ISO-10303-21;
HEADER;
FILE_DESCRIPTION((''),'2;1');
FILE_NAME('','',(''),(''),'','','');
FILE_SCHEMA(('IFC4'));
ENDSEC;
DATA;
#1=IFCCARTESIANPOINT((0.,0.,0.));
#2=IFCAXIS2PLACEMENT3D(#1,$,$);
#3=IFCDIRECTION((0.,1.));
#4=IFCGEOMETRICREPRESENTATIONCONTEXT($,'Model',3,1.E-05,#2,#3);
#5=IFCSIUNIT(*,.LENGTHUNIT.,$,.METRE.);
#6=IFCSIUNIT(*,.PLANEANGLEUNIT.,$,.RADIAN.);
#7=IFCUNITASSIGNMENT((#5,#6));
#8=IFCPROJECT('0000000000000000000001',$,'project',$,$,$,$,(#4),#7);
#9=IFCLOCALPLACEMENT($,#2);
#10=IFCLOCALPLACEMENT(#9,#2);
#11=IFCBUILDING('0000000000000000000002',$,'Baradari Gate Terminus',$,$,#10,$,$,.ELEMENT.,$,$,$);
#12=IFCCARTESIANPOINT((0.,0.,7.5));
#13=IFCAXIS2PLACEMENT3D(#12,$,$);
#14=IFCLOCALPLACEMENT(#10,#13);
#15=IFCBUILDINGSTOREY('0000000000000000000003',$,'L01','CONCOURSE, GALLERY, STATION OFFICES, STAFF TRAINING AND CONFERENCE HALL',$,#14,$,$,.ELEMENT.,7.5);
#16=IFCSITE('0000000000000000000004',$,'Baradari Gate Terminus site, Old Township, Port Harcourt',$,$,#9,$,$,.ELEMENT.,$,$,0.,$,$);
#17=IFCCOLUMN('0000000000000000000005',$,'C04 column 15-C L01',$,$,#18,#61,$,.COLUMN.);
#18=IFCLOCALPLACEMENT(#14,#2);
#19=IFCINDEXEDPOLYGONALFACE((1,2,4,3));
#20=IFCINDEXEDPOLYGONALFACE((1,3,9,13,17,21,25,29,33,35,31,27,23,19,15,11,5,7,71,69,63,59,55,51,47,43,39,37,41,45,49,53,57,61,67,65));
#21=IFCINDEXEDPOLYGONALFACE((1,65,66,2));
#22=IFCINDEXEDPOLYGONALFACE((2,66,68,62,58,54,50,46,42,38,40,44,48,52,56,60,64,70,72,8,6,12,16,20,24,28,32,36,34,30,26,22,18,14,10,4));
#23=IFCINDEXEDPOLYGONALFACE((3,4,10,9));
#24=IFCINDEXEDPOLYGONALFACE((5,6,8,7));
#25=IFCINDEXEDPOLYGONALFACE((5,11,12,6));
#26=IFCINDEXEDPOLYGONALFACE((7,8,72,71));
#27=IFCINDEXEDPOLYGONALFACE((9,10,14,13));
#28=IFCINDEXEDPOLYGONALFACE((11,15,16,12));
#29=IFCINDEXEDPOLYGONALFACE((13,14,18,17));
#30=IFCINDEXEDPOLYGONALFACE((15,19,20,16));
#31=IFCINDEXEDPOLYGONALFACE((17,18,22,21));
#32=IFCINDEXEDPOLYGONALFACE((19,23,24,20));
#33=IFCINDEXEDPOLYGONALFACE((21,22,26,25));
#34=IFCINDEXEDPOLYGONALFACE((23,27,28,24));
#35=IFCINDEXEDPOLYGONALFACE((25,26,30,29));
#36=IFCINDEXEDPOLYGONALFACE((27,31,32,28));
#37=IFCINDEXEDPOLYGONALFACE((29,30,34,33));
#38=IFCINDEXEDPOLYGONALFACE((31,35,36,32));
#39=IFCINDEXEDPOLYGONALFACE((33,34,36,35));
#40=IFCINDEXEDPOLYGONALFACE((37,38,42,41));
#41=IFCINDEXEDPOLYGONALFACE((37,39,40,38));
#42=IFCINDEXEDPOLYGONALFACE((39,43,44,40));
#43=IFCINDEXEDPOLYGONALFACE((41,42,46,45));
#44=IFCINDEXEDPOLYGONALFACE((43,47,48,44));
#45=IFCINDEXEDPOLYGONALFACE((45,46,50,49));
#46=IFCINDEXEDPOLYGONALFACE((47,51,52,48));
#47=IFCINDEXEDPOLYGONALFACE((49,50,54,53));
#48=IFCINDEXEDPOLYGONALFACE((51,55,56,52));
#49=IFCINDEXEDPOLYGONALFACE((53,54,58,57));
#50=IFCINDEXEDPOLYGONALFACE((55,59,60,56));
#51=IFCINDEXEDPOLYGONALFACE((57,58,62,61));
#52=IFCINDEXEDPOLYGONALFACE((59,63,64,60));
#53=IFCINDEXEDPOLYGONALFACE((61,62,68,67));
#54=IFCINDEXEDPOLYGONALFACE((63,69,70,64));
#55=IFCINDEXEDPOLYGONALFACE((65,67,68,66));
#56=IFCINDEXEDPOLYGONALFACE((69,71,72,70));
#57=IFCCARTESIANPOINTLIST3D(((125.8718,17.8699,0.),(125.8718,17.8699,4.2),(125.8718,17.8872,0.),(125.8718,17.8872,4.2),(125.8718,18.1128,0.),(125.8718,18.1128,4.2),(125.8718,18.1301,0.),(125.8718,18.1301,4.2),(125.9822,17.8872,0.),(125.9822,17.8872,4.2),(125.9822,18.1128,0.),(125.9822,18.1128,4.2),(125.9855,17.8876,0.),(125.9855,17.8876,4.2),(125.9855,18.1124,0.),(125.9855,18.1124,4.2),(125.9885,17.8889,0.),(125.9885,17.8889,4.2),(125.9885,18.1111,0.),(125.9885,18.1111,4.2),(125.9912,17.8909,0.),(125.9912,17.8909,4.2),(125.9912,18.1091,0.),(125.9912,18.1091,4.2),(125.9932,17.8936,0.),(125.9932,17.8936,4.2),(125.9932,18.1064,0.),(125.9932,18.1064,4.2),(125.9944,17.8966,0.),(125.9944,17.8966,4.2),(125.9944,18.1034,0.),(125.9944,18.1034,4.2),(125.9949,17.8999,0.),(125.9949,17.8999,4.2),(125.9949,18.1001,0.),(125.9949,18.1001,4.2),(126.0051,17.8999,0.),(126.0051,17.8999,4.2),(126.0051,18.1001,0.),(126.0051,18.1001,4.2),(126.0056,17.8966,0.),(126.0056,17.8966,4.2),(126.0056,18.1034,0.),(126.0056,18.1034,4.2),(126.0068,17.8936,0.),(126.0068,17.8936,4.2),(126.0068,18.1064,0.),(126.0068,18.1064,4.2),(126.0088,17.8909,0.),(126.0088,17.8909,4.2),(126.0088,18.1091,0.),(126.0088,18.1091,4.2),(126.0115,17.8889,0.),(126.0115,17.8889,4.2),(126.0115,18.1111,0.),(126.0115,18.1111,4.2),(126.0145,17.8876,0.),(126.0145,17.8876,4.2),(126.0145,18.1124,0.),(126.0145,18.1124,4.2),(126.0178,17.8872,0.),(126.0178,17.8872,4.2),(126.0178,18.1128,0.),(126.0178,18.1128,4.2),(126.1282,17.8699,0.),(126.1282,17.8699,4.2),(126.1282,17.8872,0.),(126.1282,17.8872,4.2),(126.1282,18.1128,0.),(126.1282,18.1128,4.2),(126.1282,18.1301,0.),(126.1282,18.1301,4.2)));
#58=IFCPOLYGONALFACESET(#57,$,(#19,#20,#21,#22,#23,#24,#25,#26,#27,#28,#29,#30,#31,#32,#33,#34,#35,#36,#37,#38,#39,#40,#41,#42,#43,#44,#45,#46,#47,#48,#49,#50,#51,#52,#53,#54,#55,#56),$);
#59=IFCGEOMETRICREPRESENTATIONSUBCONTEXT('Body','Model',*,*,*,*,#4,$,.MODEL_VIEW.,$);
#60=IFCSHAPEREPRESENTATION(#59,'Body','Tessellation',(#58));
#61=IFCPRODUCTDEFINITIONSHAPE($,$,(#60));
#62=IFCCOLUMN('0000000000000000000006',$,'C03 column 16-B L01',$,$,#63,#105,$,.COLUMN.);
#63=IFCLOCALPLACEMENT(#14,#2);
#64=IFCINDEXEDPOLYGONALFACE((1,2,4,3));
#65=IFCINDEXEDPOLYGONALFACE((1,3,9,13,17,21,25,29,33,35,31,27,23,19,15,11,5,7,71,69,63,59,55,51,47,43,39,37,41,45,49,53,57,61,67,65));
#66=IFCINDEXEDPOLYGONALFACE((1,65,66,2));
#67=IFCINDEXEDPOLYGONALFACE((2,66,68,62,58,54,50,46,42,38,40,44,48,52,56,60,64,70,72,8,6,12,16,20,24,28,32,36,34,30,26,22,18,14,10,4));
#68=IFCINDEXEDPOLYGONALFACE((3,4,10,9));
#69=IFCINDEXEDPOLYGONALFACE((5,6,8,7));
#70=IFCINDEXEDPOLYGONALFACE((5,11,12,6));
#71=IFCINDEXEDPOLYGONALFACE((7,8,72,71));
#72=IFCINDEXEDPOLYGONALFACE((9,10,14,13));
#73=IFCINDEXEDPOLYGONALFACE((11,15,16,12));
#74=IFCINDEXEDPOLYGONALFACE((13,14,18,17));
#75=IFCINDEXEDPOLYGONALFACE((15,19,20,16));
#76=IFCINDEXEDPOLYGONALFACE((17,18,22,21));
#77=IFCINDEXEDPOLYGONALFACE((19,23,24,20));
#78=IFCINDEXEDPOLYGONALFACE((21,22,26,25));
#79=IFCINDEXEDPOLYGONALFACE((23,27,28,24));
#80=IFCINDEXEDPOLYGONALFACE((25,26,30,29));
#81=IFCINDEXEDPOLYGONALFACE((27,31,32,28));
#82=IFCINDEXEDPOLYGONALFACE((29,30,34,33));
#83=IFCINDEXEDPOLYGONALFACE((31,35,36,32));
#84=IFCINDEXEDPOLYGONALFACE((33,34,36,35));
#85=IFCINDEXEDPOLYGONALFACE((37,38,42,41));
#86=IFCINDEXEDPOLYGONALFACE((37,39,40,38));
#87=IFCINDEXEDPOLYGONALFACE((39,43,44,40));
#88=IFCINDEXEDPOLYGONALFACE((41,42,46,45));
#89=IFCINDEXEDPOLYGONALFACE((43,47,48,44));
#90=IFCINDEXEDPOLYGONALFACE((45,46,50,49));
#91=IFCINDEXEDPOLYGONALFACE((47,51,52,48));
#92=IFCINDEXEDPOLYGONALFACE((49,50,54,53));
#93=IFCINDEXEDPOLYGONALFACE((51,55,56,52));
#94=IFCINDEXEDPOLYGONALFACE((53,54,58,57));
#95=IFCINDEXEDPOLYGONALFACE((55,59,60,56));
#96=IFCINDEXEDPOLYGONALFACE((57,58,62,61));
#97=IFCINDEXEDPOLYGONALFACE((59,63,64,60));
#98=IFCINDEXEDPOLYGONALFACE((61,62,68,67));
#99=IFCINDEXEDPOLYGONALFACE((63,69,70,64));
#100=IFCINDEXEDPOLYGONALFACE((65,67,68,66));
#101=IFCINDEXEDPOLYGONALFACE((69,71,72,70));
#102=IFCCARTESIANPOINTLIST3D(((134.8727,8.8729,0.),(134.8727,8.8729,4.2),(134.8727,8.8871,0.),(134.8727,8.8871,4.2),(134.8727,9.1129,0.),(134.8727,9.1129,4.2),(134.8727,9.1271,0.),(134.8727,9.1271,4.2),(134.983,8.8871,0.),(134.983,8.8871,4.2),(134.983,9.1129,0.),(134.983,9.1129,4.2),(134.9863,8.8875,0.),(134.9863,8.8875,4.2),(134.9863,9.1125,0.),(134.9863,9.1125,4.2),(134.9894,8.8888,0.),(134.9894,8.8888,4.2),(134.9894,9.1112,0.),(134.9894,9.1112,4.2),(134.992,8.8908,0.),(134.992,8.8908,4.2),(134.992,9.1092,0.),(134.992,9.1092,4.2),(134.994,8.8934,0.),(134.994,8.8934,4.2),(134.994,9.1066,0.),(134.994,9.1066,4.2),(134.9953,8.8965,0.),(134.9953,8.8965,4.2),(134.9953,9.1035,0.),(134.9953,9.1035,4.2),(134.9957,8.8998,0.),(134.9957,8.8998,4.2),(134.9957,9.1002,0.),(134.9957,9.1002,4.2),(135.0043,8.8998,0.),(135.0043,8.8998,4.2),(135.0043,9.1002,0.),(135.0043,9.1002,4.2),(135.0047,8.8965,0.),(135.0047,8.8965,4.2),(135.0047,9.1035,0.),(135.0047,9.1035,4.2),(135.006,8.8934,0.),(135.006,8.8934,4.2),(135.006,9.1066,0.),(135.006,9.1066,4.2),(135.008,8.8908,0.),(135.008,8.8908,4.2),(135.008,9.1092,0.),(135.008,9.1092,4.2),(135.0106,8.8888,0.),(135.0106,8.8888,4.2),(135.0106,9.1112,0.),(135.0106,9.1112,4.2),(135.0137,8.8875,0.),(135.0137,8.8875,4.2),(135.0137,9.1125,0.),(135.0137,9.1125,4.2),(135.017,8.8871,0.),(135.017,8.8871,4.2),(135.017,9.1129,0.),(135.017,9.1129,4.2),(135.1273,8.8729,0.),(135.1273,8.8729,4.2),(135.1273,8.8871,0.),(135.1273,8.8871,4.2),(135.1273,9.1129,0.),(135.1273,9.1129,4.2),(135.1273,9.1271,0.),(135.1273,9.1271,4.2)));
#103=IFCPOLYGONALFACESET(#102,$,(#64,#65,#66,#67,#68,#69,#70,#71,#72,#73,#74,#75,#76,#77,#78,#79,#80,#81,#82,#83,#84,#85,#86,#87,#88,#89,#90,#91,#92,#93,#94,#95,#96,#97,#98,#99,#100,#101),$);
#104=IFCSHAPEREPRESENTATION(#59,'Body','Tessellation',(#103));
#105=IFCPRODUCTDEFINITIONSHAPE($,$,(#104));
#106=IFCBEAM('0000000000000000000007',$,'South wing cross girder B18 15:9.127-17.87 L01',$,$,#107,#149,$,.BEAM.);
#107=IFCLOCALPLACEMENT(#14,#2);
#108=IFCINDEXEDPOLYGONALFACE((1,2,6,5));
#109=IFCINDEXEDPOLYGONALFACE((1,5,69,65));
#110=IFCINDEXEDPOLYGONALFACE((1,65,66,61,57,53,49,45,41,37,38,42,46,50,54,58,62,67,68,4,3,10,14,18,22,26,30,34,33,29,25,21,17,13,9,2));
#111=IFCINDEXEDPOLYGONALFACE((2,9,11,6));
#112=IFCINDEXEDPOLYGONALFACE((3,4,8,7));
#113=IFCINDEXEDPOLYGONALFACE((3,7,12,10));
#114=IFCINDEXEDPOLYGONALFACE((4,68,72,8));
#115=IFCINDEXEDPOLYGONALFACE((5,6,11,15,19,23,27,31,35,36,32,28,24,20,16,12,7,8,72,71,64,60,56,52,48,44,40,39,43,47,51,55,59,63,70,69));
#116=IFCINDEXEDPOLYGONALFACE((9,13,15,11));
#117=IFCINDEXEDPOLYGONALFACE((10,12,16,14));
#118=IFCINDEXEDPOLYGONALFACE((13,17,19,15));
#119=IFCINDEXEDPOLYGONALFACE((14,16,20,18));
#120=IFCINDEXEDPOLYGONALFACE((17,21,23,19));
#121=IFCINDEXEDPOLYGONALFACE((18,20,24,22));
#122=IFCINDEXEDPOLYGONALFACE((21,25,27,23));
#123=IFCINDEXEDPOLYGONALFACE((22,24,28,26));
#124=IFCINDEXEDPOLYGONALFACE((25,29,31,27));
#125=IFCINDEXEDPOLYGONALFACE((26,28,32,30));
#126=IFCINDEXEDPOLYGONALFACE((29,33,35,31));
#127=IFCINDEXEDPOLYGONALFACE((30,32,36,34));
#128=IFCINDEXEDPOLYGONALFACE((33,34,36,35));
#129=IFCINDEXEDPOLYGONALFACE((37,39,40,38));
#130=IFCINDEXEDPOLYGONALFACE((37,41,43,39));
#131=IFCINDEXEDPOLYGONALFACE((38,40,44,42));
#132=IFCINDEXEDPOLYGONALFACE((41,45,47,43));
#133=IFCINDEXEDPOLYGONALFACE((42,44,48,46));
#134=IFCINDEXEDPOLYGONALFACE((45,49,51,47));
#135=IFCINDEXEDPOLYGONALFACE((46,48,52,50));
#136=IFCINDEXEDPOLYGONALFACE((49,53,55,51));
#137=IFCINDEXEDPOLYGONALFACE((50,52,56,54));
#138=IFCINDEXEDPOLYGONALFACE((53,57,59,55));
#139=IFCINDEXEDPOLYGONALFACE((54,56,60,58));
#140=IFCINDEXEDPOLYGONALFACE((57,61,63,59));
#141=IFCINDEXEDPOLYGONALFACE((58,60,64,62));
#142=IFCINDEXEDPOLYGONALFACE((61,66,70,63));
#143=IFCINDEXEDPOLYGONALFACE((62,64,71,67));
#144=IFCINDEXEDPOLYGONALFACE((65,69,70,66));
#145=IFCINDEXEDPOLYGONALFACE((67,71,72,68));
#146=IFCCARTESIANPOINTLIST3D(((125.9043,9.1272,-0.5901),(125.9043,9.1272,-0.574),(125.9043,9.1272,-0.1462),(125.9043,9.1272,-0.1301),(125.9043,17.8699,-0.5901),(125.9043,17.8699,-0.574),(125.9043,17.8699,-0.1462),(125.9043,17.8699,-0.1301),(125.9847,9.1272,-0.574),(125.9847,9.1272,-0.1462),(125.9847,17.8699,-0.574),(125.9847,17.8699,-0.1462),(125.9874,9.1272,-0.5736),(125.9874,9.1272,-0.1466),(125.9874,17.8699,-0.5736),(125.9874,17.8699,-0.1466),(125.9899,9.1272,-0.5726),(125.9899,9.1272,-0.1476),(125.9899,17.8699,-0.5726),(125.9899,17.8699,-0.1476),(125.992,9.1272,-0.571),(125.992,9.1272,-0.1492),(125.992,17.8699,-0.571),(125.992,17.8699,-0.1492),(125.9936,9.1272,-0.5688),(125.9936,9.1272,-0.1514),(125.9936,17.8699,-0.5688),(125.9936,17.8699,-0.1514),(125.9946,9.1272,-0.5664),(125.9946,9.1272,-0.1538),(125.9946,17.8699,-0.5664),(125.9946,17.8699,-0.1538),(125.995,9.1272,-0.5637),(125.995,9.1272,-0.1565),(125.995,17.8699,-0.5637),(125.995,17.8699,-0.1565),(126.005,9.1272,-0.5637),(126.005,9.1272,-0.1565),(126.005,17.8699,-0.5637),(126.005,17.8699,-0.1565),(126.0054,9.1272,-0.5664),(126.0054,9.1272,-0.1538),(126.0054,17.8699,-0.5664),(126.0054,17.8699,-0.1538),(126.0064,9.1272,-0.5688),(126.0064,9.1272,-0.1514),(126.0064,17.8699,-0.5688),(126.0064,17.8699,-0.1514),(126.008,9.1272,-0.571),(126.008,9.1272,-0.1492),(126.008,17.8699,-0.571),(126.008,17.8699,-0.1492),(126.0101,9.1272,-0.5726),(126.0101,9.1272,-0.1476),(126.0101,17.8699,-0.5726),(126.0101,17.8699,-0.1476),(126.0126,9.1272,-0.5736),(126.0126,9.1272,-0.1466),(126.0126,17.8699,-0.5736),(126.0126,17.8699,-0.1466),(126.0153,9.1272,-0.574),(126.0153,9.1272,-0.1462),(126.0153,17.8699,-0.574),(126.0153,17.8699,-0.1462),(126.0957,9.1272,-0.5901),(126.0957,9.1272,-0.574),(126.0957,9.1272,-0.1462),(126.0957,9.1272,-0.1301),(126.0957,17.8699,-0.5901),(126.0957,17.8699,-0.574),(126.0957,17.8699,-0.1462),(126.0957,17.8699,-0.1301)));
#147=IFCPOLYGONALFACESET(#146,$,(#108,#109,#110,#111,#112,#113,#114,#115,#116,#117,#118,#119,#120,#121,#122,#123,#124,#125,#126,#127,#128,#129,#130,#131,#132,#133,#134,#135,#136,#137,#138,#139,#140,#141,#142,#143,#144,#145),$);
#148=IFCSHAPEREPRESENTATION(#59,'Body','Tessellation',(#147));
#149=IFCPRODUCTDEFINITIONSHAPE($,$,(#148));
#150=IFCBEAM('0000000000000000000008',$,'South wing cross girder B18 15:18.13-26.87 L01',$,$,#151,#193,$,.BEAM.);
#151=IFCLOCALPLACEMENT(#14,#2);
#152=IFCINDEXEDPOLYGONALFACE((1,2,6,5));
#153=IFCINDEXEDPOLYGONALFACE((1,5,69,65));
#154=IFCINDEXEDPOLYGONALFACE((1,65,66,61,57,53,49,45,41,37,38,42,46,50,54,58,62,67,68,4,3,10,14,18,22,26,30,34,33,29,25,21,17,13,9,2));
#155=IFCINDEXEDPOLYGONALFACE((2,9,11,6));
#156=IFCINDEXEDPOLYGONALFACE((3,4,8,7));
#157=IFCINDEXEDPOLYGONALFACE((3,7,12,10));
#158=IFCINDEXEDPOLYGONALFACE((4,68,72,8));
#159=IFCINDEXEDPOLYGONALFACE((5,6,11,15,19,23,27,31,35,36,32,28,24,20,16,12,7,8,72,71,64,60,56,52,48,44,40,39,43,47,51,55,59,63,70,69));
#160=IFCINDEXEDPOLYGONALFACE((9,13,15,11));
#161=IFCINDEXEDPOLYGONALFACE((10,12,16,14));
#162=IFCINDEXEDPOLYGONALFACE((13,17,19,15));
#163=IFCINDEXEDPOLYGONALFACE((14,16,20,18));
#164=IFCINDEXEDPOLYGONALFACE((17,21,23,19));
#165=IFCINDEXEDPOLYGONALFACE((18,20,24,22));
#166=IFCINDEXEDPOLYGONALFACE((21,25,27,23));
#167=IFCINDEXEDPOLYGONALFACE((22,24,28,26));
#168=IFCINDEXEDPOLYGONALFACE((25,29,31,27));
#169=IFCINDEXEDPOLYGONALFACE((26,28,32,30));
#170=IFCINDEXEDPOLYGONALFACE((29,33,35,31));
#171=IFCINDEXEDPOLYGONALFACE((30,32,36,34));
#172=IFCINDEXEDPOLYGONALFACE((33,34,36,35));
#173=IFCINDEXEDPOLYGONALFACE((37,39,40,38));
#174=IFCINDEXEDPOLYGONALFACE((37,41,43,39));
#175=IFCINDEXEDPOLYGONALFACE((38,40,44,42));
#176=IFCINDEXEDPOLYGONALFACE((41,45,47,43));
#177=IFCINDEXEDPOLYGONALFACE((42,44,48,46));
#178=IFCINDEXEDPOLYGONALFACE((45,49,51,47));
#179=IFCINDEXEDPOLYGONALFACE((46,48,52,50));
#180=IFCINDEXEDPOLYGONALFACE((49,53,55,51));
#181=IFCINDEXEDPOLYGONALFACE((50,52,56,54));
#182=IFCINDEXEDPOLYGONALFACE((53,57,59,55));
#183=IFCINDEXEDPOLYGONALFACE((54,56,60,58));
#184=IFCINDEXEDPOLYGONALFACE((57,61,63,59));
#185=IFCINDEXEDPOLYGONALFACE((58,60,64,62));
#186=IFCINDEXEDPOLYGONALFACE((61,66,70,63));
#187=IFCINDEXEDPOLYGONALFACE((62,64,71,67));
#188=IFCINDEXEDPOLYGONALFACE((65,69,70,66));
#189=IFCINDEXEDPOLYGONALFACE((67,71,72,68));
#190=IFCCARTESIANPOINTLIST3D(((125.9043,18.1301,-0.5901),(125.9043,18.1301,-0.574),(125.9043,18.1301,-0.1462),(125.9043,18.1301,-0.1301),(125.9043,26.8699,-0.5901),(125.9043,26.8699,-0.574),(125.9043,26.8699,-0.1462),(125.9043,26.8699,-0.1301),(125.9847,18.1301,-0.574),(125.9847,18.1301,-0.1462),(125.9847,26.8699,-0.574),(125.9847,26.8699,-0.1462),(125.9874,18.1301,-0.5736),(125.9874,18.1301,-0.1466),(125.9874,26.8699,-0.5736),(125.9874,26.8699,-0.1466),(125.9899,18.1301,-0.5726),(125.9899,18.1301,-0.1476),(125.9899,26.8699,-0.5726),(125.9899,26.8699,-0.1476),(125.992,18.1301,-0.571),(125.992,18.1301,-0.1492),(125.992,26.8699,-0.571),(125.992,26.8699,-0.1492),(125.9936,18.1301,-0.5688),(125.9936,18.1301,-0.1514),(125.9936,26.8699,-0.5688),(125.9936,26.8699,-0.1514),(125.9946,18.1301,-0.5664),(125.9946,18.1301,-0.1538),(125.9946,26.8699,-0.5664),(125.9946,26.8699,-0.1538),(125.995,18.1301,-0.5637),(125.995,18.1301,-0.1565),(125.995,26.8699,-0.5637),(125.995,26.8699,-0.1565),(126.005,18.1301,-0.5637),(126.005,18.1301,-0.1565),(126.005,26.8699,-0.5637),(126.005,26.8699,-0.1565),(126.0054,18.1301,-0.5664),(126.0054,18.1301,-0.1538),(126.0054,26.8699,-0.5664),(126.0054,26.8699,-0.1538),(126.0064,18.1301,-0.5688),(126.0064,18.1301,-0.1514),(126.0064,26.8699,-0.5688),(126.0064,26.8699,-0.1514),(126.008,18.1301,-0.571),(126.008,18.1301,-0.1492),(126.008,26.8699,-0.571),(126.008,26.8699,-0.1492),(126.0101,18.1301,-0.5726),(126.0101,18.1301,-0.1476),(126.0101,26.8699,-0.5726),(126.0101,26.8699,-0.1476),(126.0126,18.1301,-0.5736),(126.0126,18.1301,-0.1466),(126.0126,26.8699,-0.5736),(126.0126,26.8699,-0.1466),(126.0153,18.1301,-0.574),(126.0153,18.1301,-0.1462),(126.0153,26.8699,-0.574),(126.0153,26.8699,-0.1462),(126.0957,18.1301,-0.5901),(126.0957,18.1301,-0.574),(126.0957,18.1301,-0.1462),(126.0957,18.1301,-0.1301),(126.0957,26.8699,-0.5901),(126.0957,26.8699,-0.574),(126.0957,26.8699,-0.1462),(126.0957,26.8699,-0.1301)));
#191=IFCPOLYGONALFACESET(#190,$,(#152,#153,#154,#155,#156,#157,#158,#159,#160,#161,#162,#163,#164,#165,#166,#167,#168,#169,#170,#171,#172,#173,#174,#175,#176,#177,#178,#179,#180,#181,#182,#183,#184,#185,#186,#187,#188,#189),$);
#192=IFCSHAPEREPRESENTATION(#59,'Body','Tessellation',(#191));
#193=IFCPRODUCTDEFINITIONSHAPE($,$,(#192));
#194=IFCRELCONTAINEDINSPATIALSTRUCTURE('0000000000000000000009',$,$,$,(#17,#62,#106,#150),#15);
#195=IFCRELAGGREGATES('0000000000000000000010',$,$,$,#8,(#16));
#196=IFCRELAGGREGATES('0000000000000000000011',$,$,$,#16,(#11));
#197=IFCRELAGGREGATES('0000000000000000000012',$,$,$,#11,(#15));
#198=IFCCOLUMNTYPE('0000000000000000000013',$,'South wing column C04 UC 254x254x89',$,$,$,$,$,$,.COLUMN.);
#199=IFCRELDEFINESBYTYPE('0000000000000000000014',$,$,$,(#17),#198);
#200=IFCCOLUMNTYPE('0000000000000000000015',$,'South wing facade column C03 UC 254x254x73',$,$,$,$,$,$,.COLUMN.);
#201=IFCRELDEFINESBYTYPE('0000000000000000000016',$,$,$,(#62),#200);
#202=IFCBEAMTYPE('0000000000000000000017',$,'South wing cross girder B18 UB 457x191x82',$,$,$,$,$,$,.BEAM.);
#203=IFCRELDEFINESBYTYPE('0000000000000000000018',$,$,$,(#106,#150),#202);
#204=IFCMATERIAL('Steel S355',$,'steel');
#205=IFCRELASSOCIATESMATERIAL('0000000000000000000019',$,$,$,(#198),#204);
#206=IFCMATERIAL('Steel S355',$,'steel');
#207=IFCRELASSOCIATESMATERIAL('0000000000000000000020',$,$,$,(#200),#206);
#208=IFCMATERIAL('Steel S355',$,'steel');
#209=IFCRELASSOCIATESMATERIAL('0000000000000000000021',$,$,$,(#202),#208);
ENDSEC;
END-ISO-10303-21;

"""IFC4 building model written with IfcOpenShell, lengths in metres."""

from ifc_helpers import new_model, si_unit, direction, frame, origin, origin_2d, place, context, subcontext, project, spatial, i_section, extrude, material, material_profile, profile_set, type_object, element, save


model = new_model("IFC4")

# Units and contexts
model_context = context("Model", 3, precision=1e-05, world=origin(), true_north=direction((0.0, 1.0)))
body_context = subcontext(model_context, "Body", "Model", "MODEL_VIEW")
ifc_project = project(units=[si_unit("LENGTHUNIT", "METRE"), si_unit("PLANEANGLEUNIT", "RADIAN")], contexts=[model_context])

# Site, building, storey
site_placement = place(None, origin())
site = spatial("IfcSite", under=ifc_project, at=site_placement, Name="Baradari Gate Terminus site, Old Township, Port Harcourt", CompositionType="ELEMENT", RefElevation=0.0)
building_placement = place(site_placement, origin())
building = spatial("IfcBuilding", under=site, at=building_placement, Name="Baradari Gate Terminus", CompositionType="ELEMENT")
storey_placement = place(building_placement, frame((0.0, 0.0, 7.5)))
storey = spatial("IfcBuildingStorey", under=building, at=storey_placement, Name="L01", Description="CONCOURSE, GALLERY, STATION OFFICES, STAFF TRAINING AND CONFERENCE HALL", CompositionType="ELEMENT", Elevation=7.5)

# Columns
ifc_material_1 = material(Name="Steel S355", Category="steel")
ifc_material_profile_1 = material_profile(ifc_material_1, i_section(OverallWidth=0.2563, OverallDepth=0.2603, WebThickness=0.0103, FlangeThickness=0.0173, FilletRadius=0.0127, at=origin_2d()), Name="UC 254x254x89")
ifc_profile_set_1 = profile_set([ifc_material_profile_1], Name="Steel S355")
column_type_1 = type_object("IfcColumnType", Name="South wing column C04 UC 254x254x89", PredefinedType="COLUMN", material=ifc_profile_set_1)
column_1_placement = place(storey_placement, frame((126.0, 18.0, 0.0), z_axis=(0.0, 0.0, 1.0), x_axis=(1.0, 0.0, 0.0)))
element("IfcColumn", 1, at=column_1_placement, inside=storey, type_object=column_type_1, Name="C04 column 15-C L01", PredefinedType="COLUMN", context=body_context, shape_type="SweptSolid", body=[
    extrude(i_section(OverallWidth=0.2563, OverallDepth=0.2603, WebThickness=0.0103, FlangeThickness=0.0173, FilletRadius=0.0127, at=origin_2d()), origin(), (0.0, 0.0, 1.0), 4.2),
])
ifc_material_2 = material(Name="Steel S355", Category="steel")
ifc_material_profile_2 = material_profile(ifc_material_2, i_section(OverallWidth=0.2546, OverallDepth=0.2542, WebThickness=0.0085, FlangeThickness=0.0142, FilletRadius=0.0127, at=origin_2d()), Name="UC 254x254x73")
ifc_profile_set_2 = profile_set([ifc_material_profile_2], Name="Steel S355")
column_type_2 = type_object("IfcColumnType", Name="South wing facade column C03 UC 254x254x73", PredefinedType="COLUMN", material=ifc_profile_set_2)
column_2_placement = place(storey_placement, frame((135.0, 9.0, 0.0), z_axis=(0.0, 0.0, 1.0), x_axis=(1.0, 0.0, 0.0)))
element("IfcColumn", 2, at=column_2_placement, inside=storey, type_object=column_type_2, Name="C03 column 16-B L01", PredefinedType="COLUMN", context=body_context, shape_type="SweptSolid", body=[
    extrude(i_section(OverallWidth=0.2546, OverallDepth=0.2542, WebThickness=0.0085, FlangeThickness=0.0142, FilletRadius=0.0127, at=origin_2d()), origin(), (0.0, 0.0, 1.0), 4.2),
])

# Beams
ifc_material_3 = material(Name="Steel S355", Category="steel")
ifc_material_profile_3 = material_profile(ifc_material_3, i_section(OverallWidth=0.1914, OverallDepth=0.46, WebThickness=0.01, FlangeThickness=0.0161, FilletRadius=0.0103, at=origin_2d()), Name="UB 457x191x82")
ifc_profile_set_3 = profile_set([ifc_material_profile_3], Name="Steel S355")
beam_type_1 = type_object("IfcBeamType", Name="South wing cross girder B18 UB 457x191x82", PredefinedType="BEAM", material=ifc_profile_set_3)
beam_1_placement = place(storey_placement, frame((126.0, 9.1272, -0.3601), z_axis=(0.0, 1.0, 0.0), x_axis=(-1.0, 0.0, 0.0)))
element("IfcBeam", 3, at=beam_1_placement, inside=storey, type_object=beam_type_1, Name="South wing cross girder B18 15:9.127-17.87 L01", PredefinedType="BEAM", context=body_context, shape_type="SweptSolid", body=[
    extrude(i_section(OverallWidth=0.1914, OverallDepth=0.46, WebThickness=0.01, FlangeThickness=0.0161, FilletRadius=0.0103, at=origin_2d()), origin(), (0.0, 0.0, 1.0), 8.7427),
])
beam_2_placement = place(storey_placement, frame((126.0, 18.1301, -0.3601), z_axis=(0.0, 1.0, 0.0), x_axis=(-1.0, 0.0, 0.0)))
element("IfcBeam", 4, at=beam_2_placement, inside=storey, type_object=beam_type_1, Name="South wing cross girder B18 15:18.13-26.87 L01", PredefinedType="BEAM", context=body_context, shape_type="SweptSolid", body=[
    extrude(i_section(OverallWidth=0.1914, OverallDepth=0.46, WebThickness=0.01, FlangeThickness=0.0161, FilletRadius=0.0103, at=origin_2d()), origin(), (0.0, 0.0, 1.0), 8.7397),
])

save(model, "model.ifc")
